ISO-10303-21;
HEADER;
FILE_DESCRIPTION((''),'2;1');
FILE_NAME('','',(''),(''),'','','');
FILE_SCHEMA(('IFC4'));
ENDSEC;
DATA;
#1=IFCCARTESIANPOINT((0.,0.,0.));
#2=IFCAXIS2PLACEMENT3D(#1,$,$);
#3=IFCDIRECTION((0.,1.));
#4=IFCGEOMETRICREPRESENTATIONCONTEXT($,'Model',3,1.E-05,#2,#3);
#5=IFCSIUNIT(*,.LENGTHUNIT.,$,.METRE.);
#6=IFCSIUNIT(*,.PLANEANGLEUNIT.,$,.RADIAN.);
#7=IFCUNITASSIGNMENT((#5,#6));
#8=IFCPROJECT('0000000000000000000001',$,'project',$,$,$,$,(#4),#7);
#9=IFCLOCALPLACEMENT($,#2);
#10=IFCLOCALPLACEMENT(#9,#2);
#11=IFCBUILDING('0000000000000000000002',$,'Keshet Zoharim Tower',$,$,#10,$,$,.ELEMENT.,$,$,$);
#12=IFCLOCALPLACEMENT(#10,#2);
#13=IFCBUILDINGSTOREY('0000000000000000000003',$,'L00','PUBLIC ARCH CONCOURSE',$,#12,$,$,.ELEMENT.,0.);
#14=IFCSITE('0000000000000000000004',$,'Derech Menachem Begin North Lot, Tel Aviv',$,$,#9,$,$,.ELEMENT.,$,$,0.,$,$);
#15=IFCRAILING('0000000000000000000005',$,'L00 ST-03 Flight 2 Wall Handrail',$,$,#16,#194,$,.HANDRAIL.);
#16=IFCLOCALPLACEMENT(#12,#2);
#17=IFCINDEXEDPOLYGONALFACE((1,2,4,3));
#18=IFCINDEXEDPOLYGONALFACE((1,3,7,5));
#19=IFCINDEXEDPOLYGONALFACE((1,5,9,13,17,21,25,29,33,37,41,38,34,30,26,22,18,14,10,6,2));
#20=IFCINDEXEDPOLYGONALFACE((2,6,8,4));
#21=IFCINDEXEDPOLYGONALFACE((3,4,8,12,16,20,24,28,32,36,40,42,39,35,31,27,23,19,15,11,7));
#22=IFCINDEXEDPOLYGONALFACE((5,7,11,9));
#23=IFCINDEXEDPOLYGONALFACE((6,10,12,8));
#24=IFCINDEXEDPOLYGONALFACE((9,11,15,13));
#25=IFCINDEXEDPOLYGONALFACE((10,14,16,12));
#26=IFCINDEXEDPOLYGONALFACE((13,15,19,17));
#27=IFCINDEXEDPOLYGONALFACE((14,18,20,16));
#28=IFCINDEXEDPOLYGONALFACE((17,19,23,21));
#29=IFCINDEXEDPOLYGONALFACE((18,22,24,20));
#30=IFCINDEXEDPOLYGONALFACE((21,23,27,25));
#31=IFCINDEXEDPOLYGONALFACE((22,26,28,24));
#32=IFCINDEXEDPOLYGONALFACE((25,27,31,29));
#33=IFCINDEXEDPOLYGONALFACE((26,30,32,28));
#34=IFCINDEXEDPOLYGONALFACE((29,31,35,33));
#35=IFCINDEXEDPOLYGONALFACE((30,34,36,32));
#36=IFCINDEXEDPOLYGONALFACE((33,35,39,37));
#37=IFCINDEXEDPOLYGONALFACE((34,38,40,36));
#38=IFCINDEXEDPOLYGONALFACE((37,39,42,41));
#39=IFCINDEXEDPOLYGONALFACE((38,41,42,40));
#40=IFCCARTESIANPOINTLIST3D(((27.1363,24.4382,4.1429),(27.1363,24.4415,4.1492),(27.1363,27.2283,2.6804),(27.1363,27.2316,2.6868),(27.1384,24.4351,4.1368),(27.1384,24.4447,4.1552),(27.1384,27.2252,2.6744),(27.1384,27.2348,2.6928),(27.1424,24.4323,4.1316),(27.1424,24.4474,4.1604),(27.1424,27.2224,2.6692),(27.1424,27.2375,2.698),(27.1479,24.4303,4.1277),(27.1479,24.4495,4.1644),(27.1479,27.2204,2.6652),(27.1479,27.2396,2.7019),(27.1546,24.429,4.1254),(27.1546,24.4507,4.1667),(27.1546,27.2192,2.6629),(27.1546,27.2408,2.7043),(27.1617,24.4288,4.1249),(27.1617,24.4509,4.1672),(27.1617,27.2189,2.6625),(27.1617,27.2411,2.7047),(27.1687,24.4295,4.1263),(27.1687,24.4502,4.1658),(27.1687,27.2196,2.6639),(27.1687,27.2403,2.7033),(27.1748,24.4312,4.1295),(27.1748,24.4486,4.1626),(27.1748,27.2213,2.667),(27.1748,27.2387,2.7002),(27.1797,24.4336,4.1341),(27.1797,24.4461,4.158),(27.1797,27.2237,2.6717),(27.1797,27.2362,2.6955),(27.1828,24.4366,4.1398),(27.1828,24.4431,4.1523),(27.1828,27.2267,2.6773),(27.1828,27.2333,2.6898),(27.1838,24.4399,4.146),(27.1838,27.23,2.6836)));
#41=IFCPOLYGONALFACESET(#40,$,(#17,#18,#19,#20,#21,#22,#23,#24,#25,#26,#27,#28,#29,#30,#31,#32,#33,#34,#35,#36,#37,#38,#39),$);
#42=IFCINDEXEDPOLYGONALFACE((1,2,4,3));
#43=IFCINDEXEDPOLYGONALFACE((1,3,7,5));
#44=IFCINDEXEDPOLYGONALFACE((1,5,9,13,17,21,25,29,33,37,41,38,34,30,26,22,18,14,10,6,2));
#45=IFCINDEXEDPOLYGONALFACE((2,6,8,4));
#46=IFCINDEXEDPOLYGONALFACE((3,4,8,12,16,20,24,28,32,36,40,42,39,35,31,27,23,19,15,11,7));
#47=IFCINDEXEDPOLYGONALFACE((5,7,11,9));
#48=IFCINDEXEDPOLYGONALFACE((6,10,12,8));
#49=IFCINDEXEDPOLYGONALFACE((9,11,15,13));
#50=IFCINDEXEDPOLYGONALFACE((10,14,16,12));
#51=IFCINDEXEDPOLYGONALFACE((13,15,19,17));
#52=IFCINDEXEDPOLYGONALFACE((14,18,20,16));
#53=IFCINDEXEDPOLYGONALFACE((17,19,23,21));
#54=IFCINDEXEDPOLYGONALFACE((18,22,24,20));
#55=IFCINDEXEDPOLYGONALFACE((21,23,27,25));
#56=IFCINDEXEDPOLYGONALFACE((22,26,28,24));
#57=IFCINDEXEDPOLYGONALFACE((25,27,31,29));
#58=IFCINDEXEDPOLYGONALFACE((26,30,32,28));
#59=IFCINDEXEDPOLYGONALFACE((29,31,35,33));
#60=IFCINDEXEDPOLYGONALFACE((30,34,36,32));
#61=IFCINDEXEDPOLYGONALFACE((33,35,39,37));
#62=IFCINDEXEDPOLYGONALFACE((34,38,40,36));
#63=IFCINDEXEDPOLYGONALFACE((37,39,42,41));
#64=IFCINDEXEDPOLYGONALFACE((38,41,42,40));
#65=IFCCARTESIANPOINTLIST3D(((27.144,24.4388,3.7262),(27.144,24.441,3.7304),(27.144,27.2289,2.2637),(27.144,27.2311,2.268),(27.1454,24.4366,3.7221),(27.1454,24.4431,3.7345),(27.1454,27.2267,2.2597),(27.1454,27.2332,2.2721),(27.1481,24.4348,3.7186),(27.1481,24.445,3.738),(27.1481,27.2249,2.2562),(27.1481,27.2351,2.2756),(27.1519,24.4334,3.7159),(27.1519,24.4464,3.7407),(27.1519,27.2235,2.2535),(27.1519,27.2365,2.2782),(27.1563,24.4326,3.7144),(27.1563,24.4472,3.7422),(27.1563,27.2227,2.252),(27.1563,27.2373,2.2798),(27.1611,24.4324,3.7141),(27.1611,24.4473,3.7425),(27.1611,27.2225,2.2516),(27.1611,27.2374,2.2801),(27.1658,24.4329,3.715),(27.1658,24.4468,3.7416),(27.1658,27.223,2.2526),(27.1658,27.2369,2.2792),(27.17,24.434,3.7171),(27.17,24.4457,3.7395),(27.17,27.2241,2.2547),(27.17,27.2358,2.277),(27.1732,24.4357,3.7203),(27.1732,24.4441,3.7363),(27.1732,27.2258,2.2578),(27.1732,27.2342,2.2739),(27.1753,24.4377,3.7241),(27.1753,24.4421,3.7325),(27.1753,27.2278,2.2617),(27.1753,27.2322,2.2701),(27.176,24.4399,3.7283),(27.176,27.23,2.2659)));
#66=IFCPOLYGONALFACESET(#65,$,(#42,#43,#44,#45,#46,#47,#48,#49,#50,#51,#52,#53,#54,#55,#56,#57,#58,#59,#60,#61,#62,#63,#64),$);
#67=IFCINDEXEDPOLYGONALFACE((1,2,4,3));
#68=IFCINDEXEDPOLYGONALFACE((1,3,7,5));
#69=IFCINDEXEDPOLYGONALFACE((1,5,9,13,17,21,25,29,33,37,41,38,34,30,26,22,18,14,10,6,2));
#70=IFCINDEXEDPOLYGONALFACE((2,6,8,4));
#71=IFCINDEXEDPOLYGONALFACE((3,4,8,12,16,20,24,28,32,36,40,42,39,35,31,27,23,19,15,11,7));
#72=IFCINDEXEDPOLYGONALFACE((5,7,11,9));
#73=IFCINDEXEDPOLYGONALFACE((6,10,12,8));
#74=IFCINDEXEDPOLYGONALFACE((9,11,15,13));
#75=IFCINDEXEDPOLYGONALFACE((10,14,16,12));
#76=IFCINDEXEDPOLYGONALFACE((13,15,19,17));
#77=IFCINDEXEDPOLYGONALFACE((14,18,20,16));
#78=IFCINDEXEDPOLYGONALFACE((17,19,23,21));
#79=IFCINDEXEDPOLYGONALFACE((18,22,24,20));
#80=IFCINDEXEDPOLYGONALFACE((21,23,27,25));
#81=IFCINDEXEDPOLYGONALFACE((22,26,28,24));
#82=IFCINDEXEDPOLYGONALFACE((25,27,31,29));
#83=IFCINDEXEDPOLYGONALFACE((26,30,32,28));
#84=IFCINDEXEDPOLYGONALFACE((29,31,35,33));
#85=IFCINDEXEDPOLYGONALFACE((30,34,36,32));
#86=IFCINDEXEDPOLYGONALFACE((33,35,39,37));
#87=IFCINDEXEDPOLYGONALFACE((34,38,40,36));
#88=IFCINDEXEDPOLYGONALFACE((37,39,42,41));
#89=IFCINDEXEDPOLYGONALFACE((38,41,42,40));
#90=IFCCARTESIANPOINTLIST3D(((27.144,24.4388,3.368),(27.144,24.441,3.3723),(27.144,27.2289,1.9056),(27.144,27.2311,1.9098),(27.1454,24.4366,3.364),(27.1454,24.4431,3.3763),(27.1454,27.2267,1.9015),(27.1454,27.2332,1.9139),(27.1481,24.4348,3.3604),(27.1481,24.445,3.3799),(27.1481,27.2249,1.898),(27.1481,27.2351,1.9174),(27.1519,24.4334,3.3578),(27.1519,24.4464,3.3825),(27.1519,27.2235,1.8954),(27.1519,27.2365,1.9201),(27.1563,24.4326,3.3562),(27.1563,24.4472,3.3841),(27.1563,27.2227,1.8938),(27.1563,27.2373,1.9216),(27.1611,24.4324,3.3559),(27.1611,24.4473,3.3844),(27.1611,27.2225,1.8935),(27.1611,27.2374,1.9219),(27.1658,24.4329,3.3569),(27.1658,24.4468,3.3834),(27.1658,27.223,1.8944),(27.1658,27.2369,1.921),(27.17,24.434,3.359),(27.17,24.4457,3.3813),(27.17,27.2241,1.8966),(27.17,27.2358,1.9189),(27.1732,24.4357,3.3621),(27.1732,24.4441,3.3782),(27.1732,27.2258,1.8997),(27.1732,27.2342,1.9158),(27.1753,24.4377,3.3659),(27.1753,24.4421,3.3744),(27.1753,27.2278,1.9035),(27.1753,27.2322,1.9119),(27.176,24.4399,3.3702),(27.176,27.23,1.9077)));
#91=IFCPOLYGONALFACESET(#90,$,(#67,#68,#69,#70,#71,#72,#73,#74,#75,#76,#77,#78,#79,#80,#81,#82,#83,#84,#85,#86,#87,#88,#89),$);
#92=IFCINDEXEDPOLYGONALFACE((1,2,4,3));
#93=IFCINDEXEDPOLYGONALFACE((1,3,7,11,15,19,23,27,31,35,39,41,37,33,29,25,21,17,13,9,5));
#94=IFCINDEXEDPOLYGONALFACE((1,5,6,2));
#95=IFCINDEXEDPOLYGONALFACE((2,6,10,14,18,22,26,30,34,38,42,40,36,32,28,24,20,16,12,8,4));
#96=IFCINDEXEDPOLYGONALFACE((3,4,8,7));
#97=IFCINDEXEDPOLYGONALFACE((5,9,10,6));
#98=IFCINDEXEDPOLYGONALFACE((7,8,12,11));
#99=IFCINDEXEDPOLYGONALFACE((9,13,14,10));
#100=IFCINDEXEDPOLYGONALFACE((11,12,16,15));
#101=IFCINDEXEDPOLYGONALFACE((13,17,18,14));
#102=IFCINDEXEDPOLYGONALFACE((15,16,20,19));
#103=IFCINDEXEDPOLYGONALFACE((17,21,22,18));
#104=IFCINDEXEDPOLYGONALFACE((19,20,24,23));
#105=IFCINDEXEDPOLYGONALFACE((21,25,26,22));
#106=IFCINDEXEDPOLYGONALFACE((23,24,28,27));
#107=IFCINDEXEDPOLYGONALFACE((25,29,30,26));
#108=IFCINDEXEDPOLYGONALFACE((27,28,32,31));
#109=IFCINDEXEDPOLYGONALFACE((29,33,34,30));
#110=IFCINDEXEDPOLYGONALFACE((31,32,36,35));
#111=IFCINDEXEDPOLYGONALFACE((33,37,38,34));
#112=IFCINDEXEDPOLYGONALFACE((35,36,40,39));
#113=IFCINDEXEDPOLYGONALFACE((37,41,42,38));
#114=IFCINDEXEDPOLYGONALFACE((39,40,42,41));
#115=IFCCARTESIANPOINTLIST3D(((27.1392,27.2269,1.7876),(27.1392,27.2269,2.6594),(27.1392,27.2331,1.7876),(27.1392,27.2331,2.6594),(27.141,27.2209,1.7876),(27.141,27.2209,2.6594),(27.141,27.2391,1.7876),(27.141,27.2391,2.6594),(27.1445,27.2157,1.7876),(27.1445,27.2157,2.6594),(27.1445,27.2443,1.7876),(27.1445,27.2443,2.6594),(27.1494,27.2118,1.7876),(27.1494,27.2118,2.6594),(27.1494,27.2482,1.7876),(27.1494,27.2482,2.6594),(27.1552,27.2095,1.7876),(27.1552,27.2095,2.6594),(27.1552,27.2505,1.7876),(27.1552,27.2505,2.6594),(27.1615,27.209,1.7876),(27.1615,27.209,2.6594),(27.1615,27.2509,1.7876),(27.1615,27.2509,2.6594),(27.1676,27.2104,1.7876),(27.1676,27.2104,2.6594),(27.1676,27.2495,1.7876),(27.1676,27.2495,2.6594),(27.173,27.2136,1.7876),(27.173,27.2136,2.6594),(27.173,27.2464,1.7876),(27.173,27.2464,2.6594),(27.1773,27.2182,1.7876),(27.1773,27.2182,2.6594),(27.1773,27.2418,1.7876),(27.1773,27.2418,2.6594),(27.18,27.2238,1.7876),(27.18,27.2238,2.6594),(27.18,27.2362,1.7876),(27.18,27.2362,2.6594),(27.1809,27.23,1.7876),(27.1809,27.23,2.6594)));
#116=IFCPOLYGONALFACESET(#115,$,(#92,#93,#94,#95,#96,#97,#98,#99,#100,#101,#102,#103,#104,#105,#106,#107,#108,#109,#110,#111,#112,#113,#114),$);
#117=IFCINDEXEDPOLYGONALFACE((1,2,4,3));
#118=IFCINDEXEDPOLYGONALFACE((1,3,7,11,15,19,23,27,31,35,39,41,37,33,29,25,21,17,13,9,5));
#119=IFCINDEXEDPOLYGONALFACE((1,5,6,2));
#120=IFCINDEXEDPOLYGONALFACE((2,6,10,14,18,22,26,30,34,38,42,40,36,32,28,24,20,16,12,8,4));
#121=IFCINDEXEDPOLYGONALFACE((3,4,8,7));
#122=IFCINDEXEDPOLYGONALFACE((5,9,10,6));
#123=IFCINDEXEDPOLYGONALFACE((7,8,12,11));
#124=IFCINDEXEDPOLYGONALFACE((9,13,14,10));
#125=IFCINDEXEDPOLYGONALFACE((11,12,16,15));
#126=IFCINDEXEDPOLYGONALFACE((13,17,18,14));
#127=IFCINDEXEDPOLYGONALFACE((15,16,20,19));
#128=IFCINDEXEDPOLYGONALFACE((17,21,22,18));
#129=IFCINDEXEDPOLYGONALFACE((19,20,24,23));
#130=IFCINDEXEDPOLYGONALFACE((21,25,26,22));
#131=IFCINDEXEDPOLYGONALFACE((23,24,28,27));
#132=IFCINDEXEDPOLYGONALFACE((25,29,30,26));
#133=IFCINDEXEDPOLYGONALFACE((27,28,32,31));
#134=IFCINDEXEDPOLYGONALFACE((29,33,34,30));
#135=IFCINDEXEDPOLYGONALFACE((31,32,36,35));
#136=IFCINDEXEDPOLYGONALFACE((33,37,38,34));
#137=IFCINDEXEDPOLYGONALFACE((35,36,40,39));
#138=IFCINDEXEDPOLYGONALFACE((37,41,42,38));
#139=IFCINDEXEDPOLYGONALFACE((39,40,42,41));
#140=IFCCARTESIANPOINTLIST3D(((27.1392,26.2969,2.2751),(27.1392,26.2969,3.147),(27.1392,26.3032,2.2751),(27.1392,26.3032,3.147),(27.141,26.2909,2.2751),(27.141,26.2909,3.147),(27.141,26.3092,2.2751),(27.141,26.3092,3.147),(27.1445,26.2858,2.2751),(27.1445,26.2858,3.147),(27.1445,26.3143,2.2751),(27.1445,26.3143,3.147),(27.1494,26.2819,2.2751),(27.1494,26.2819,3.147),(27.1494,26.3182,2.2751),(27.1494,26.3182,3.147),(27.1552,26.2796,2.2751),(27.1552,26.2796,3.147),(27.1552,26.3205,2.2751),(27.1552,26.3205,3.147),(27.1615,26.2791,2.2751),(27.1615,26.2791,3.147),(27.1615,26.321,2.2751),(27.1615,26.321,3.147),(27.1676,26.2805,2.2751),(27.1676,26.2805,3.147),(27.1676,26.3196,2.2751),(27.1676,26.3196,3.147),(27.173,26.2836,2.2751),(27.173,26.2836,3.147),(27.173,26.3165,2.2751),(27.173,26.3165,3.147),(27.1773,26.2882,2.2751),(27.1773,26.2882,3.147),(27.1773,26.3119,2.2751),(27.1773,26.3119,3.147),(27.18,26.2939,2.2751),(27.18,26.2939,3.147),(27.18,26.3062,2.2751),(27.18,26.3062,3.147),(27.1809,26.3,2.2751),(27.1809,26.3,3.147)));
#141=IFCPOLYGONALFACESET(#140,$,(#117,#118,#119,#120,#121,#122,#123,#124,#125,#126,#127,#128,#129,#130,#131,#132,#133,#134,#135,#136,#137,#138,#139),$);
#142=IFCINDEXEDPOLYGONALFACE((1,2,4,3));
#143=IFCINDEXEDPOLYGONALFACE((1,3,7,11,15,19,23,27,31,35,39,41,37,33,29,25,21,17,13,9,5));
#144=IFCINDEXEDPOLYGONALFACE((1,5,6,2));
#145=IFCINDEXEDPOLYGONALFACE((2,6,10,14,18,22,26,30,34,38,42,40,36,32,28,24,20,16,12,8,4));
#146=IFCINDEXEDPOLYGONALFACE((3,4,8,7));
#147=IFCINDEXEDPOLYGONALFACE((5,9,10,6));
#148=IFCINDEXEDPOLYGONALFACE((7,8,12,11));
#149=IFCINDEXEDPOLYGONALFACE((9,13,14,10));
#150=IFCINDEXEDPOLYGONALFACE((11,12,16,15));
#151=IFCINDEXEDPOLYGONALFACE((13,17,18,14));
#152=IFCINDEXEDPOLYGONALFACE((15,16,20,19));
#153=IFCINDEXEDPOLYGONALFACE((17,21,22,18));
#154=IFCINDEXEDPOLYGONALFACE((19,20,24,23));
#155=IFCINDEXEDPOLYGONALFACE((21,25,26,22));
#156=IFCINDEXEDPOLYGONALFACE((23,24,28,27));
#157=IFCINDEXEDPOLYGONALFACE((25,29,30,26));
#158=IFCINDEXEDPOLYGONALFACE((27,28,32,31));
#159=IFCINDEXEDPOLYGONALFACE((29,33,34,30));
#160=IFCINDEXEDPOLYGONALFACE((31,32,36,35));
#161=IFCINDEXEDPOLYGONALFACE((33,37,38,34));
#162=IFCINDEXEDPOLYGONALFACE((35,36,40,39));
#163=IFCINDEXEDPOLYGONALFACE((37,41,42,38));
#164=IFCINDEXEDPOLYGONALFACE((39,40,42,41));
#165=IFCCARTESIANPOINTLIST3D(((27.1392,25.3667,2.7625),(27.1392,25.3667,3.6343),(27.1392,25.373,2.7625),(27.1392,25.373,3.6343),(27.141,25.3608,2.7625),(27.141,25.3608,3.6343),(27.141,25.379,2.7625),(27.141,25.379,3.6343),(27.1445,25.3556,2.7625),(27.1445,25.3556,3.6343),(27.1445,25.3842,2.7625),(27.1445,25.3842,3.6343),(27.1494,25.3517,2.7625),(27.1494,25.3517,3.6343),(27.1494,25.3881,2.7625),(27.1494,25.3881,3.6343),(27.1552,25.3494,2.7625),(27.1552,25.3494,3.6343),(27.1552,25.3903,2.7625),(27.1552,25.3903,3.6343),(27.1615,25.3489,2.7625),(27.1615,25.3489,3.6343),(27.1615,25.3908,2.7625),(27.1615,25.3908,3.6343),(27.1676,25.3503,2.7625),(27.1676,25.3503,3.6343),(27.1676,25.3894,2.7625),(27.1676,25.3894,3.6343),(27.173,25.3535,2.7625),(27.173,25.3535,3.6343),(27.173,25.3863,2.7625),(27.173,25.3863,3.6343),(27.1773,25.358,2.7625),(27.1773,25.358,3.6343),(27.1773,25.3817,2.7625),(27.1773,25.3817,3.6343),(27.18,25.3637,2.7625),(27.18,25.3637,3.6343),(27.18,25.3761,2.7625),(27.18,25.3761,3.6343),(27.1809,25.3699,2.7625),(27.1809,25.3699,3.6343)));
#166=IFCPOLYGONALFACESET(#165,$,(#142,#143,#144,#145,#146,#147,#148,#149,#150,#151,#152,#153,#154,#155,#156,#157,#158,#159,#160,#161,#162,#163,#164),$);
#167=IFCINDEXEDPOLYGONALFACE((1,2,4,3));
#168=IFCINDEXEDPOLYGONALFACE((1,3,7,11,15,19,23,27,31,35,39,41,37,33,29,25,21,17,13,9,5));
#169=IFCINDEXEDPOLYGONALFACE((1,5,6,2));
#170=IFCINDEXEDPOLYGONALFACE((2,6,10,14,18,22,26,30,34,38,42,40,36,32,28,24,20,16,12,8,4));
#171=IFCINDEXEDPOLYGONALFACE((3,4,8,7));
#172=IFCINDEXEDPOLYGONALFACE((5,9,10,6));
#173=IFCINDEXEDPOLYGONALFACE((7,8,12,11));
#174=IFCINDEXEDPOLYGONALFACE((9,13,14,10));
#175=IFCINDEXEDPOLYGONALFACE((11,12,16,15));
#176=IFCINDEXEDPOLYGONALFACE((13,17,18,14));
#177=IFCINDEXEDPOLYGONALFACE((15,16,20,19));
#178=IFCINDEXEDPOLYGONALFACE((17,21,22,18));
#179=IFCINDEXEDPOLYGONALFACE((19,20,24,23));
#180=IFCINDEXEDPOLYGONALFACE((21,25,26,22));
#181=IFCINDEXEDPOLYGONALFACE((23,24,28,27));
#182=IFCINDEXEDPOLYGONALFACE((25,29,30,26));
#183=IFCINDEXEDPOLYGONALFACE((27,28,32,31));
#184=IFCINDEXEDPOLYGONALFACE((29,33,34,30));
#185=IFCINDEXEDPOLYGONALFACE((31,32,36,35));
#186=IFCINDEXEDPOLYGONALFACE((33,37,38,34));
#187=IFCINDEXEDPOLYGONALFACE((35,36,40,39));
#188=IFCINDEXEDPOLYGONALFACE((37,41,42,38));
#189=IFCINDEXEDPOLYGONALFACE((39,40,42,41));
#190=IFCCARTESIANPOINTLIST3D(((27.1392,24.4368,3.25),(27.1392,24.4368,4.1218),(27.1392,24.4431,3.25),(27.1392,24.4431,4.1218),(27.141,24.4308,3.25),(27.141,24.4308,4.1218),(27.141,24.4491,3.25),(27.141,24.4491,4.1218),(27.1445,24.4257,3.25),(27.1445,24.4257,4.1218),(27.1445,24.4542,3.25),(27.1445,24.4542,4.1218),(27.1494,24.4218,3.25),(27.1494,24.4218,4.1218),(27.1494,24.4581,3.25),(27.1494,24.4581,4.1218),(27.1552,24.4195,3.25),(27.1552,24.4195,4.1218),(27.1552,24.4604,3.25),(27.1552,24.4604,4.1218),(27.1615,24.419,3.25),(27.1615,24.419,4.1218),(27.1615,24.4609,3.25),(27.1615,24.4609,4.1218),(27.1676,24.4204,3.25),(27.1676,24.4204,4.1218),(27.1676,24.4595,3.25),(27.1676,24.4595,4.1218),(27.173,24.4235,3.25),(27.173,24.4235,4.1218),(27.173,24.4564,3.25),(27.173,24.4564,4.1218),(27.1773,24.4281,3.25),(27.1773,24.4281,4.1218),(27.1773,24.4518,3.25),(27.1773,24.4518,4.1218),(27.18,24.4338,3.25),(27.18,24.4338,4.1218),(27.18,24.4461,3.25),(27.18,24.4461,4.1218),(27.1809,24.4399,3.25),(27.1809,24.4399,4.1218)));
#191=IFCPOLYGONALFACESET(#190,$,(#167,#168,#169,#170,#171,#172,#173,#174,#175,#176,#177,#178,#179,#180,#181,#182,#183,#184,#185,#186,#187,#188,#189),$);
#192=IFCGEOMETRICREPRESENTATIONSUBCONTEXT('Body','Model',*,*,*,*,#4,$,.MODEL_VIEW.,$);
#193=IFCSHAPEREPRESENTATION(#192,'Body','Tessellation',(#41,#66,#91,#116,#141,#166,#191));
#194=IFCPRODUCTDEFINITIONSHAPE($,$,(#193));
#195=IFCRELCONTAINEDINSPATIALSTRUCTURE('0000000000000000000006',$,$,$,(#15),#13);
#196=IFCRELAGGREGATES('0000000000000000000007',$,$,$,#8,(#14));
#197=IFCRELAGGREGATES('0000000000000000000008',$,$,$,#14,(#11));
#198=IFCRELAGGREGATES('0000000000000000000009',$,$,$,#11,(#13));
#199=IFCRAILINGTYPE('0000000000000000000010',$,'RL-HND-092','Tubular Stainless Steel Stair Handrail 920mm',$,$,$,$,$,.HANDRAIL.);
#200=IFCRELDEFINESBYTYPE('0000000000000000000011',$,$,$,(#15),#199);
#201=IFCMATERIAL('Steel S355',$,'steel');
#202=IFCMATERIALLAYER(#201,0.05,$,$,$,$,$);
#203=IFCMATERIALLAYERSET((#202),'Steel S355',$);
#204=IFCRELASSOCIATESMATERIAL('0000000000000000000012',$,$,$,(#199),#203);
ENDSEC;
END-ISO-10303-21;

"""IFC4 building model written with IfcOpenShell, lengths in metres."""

from ifc_helpers import new_model, si_unit, direction, frame, origin, origin_2d, place, context, subcontext, project, spatial, circle, extrude, material, layer, layer_set, type_object, element, save


model = new_model("IFC4")

# Units and contexts
model_context = context("Model", 3, precision=1e-05, world=origin(), true_north=direction((0.0, 1.0)))
body_context = subcontext(model_context, "Body", "Model", "MODEL_VIEW")
ifc_project = project(units=[si_unit("LENGTHUNIT", "METRE"), si_unit("PLANEANGLEUNIT", "RADIAN")], contexts=[model_context])

# Site, building, storey
site_placement = place(None, origin())
site = spatial("IfcSite", under=ifc_project, at=site_placement, Name="Derech Menachem Begin North Lot, Tel Aviv", CompositionType="ELEMENT", RefElevation=0.0)
building_placement = place(site_placement, origin())
building = spatial("IfcBuilding", under=site, at=building_placement, Name="Keshet Zoharim Tower", CompositionType="ELEMENT")
storey_placement = place(building_placement, origin())
storey = spatial("IfcBuildingStorey", under=building, at=storey_placement, Name="L00", Description="PUBLIC ARCH CONCOURSE", CompositionType="ELEMENT", Elevation=0.0)

# Shared definitions
ifc_material_1 = material(Name="Steel S355", Category="steel")

# Railing
ifc_layer_1 = layer(ifc_material_1, 0.05)
ifc_layer_set_1 = layer_set([ifc_layer_1], Name="Steel S355")
railing_type = type_object("IfcRailingType", Name="RL-HND-092", Description="Tubular Stainless Steel Stair Handrail 920mm", PredefinedType="HANDRAIL", material=ifc_layer_set_1)
for number, where, name in (
    (1, (27.1599, 27.23, 1.7876), "L00 ST-03 Flight 2 Wall Handrail"),
):
    element("IfcRailing", number, at=place(storey_placement, frame(where)), inside=storey, type_object=railing_type, Name=name, PredefinedType="HANDRAIL", context=body_context, shape_type="SweptSolid", body=[
        extrude(circle(Radius=0.0239, at=origin_2d()), frame((0.0, 0.0, 0.896), z_axis=(0.0, -0.885707, 0.464244), x_axis=(1.0, 0.0, 0.0)), (0.0, 0.0, 1.0), 3.1501),
        extrude(circle(Radius=0.0161, at=origin_2d()), frame((0.0, 0.0, 0.4783), z_axis=(0.0, -0.885707, 0.464244), x_axis=(1.0, 0.0, 0.0)), (0.0, 0.0, 1.0), 3.1501),
        extrude(circle(Radius=0.0161, at=origin_2d()), frame((0.0, 0.0, 0.1201), z_axis=(0.0, -0.885707, 0.464244), x_axis=(1.0, 0.0, 0.0)), (0.0, 0.0, 1.0), 3.1501),
        extrude(circle(Radius=0.021, at=origin_2d()), origin(), (0.0, 0.0, 1.0), 0.8718),
        extrude(circle(Radius=0.021, at=origin_2d()), frame((0.0, -0.9299, 0.4875)), (0.0, 0.0, 1.0), 0.8718),
        extrude(circle(Radius=0.021, at=origin_2d()), frame((0.0, -1.8601, 0.9749)), (0.0, 0.0, 1.0), 0.8718),
        extrude(circle(Radius=0.021, at=origin_2d()), frame((0.0, -2.79, 1.4624)), (0.0, 0.0, 1.0), 0.8718),
    ])

save(model, "model.ifc")
